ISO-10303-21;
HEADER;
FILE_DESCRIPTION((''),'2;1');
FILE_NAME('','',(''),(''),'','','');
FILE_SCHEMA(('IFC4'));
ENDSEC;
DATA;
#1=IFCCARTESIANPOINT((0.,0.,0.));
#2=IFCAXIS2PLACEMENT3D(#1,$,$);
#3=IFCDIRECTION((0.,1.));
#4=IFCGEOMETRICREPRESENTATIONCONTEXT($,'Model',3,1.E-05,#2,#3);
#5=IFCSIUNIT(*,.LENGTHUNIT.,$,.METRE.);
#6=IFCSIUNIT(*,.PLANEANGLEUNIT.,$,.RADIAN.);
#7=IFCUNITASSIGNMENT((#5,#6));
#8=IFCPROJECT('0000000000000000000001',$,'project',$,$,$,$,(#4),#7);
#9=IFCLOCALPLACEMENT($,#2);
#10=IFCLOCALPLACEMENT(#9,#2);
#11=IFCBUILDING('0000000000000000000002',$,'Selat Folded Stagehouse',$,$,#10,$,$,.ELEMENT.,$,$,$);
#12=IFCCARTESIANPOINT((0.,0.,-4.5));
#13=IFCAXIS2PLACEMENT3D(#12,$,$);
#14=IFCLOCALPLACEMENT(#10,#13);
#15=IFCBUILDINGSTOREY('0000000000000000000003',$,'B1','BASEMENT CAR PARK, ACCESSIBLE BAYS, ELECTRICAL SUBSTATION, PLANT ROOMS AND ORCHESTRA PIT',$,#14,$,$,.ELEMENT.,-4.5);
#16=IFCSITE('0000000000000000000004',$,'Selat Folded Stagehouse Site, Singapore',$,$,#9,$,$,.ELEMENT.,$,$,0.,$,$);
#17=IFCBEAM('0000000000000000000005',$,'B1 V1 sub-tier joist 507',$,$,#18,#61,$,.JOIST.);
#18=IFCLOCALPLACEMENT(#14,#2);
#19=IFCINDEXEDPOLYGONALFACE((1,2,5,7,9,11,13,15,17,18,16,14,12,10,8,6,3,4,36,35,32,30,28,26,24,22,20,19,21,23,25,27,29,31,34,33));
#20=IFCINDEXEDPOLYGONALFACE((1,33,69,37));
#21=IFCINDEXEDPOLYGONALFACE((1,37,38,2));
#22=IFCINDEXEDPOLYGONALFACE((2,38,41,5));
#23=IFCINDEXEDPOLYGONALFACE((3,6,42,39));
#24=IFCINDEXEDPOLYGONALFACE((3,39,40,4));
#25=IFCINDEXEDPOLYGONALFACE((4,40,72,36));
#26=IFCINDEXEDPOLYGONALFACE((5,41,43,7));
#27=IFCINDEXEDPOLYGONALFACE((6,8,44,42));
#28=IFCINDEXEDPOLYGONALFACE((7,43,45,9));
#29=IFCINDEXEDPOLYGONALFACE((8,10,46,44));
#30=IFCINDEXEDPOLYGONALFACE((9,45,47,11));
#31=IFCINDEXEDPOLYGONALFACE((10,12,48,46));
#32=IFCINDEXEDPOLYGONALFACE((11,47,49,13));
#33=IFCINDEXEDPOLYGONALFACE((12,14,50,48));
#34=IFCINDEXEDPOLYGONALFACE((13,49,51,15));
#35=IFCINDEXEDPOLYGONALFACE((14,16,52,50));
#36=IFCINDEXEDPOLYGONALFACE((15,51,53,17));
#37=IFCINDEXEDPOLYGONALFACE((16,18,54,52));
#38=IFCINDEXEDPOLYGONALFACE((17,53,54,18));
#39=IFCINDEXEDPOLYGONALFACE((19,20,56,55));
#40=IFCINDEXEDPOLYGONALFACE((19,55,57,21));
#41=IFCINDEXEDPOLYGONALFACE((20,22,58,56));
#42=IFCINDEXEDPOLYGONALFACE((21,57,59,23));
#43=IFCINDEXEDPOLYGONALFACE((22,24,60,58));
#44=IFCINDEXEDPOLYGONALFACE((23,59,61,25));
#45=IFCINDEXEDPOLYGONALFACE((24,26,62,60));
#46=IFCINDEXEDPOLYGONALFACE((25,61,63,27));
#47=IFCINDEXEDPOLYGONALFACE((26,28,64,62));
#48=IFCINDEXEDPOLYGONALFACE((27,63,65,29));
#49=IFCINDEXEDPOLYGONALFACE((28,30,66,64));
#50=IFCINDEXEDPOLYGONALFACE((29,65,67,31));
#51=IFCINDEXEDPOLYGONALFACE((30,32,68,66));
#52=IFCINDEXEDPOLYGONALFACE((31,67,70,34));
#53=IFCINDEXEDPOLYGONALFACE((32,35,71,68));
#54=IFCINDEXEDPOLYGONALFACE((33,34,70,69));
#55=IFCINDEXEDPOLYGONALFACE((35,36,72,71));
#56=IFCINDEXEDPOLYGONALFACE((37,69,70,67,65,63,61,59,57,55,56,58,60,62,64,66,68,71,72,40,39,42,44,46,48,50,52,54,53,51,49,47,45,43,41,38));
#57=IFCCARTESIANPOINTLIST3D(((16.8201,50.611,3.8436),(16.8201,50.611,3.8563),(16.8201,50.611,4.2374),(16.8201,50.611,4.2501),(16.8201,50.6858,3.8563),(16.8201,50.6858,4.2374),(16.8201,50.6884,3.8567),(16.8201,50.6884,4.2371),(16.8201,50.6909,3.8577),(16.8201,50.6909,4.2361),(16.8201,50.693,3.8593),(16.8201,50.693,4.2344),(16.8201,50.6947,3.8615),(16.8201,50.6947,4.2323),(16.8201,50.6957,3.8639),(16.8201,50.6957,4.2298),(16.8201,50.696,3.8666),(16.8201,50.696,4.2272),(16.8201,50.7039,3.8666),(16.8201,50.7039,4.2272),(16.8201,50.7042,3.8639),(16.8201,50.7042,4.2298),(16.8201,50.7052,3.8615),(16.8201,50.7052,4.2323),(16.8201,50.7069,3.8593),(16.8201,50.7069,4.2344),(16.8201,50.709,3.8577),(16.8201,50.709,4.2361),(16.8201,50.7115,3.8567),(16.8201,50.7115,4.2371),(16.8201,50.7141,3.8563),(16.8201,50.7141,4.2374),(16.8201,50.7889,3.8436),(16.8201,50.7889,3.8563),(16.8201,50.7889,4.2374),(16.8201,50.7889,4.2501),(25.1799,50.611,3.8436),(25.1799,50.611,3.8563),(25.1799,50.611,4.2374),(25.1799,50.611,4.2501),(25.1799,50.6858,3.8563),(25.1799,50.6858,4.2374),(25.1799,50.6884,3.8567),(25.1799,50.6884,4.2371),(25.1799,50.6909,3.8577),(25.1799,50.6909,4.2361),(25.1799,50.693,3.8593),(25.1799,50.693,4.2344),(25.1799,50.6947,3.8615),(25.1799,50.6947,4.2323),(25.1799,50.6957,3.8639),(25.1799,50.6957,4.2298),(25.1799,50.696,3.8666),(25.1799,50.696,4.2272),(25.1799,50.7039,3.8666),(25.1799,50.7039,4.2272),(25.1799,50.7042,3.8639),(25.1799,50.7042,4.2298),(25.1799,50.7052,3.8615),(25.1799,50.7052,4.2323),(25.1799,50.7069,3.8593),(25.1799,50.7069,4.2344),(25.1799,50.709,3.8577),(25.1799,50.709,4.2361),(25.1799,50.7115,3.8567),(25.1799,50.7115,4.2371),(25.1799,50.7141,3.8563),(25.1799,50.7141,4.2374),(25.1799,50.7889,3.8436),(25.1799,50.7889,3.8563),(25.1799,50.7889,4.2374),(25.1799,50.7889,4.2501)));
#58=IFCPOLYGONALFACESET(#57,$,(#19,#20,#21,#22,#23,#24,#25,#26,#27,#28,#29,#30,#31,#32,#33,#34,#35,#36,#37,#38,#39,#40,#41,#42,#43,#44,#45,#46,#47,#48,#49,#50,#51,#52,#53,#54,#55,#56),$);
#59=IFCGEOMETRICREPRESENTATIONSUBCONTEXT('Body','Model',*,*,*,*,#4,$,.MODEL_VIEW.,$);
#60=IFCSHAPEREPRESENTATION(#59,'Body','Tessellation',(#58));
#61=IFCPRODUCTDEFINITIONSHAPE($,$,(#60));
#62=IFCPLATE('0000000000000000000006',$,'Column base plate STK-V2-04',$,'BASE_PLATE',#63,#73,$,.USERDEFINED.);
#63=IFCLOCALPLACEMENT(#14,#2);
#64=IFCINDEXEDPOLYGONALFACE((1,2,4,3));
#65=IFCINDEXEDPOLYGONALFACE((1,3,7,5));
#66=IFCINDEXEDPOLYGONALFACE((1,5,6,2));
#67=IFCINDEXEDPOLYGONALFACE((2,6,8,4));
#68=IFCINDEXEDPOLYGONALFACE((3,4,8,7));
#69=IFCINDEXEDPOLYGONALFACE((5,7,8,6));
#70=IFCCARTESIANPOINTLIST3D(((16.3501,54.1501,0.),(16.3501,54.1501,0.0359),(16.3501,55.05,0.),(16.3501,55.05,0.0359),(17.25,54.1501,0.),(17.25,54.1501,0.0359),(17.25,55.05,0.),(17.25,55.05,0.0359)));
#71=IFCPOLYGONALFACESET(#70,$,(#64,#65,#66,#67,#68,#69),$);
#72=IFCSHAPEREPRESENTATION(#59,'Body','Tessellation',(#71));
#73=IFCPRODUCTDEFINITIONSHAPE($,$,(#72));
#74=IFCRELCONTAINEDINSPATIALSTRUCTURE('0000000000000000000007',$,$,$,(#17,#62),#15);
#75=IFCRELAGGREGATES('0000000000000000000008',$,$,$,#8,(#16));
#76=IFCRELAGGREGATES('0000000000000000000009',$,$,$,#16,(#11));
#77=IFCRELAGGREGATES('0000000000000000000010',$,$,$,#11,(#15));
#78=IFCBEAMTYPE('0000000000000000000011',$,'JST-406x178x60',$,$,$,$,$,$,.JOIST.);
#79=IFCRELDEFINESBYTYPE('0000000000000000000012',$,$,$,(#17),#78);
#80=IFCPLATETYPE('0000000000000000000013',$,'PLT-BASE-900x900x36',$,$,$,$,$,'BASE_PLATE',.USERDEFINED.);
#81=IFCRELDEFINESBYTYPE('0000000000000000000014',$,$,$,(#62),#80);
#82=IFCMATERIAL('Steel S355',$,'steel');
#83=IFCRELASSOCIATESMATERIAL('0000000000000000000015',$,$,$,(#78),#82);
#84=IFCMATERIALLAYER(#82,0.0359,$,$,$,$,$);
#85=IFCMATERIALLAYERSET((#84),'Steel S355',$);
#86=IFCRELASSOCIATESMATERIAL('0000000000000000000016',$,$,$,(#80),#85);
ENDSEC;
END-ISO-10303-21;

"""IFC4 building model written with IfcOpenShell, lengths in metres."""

from ifc_helpers import new_model, si_unit, direction, frame, origin, origin_2d, place, context, subcontext, project, spatial, rectangle, i_section, extrude, material, layer, layer_set, material_profile, profile_set, type_object, element, save


model = new_model("IFC4")

# Units and contexts
model_context = context("Model", 3, precision=1e-05, world=origin(), true_north=direction((0.0, 1.0)))
body_context = subcontext(model_context, "Body", "Model", "MODEL_VIEW")
ifc_project = project(units=[si_unit("LENGTHUNIT", "METRE"), si_unit("PLANEANGLEUNIT", "RADIAN")], contexts=[model_context])

# Site, building, storey
site_placement = place(None, origin())
site = spatial("IfcSite", under=ifc_project, at=site_placement, Name="Selat Folded Stagehouse Site, Singapore", CompositionType="ELEMENT", RefElevation=0.0)
building_placement = place(site_placement, origin())
building = spatial("IfcBuilding", under=site, at=building_placement, Name="Selat Folded Stagehouse", CompositionType="ELEMENT")
storey_placement = place(building_placement, frame((0.0, 0.0, -4.5)))
storey = spatial("IfcBuildingStorey", under=building, at=storey_placement, Name="B1", Description="BASEMENT CAR PARK, ACCESSIBLE BAYS, ELECTRICAL SUBSTATION, PLANT ROOMS AND ORCHESTRA PIT", CompositionType="ELEMENT", Elevation=-4.5)

# Shared definitions
ifc_material_1 = material(Name="Steel S355", Category="steel")

# Beam
ifc_material_profile_1 = material_profile(ifc_material_1, i_section(OverallWidth=0.178, OverallDepth=0.4065, WebThickness=0.0078, FlangeThickness=0.0127, FilletRadius=0.0103, at=origin_2d()), Name="UKB 406x178x60")
ifc_profile_set_1 = profile_set([ifc_material_profile_1], Name="Steel S355")
beam_type_1 = type_object("IfcBeamType", Name="JST-406x178x60", PredefinedType="JOIST", material=ifc_profile_set_1)
for number, where, z_axis, x_axis, name in (
    (1, (16.8201, 50.7, 4.0469), (1.0, 0.0, 0.0), (0.0, 1.0, 0.0), "B1 V1 sub-tier joist 507"),
):
    element("IfcBeam", number, at=place(storey_placement, frame(where, z_axis=z_axis, x_axis=x_axis)), inside=storey, type_object=beam_type_1, Name=name, PredefinedType="JOIST", context=body_context, shape_type="SweptSolid", body=[
        extrude(i_section(OverallWidth=0.178, OverallDepth=0.4065, WebThickness=0.0078, FlangeThickness=0.0127, FilletRadius=0.0103, at=origin_2d()), origin(), (0.0, 0.0, 1.0), 8.3599),
    ])

# Plate
ifc_layer = layer(ifc_material_1, 0.0359)
ifc_layer_set = layer_set([ifc_layer], Name="Steel S355")
plate_type = type_object("IfcPlateType", Name="PLT-BASE-900x900x36", ElementType="BASE_PLATE", PredefinedType="USERDEFINED", material=ifc_layer_set)
plate_placement = place(storey_placement, frame((16.8, 54.6001, 0.0), z_axis=(0.0, 0.0, 1.0), x_axis=(1.0, 0.0, 0.0)))
element("IfcPlate", 2, at=plate_placement, inside=storey, type_object=plate_type, Name="Column base plate STK-V2-04", ObjectType="BASE_PLATE", PredefinedType="USERDEFINED", context=body_context, shape_type="SweptSolid", body=[
    extrude(rectangle(XDim=0.8999, YDim=0.8999, at=origin_2d()), origin(), (0.0, 0.0, 1.0), 0.0359),
])

save(model, "model.ifc")
